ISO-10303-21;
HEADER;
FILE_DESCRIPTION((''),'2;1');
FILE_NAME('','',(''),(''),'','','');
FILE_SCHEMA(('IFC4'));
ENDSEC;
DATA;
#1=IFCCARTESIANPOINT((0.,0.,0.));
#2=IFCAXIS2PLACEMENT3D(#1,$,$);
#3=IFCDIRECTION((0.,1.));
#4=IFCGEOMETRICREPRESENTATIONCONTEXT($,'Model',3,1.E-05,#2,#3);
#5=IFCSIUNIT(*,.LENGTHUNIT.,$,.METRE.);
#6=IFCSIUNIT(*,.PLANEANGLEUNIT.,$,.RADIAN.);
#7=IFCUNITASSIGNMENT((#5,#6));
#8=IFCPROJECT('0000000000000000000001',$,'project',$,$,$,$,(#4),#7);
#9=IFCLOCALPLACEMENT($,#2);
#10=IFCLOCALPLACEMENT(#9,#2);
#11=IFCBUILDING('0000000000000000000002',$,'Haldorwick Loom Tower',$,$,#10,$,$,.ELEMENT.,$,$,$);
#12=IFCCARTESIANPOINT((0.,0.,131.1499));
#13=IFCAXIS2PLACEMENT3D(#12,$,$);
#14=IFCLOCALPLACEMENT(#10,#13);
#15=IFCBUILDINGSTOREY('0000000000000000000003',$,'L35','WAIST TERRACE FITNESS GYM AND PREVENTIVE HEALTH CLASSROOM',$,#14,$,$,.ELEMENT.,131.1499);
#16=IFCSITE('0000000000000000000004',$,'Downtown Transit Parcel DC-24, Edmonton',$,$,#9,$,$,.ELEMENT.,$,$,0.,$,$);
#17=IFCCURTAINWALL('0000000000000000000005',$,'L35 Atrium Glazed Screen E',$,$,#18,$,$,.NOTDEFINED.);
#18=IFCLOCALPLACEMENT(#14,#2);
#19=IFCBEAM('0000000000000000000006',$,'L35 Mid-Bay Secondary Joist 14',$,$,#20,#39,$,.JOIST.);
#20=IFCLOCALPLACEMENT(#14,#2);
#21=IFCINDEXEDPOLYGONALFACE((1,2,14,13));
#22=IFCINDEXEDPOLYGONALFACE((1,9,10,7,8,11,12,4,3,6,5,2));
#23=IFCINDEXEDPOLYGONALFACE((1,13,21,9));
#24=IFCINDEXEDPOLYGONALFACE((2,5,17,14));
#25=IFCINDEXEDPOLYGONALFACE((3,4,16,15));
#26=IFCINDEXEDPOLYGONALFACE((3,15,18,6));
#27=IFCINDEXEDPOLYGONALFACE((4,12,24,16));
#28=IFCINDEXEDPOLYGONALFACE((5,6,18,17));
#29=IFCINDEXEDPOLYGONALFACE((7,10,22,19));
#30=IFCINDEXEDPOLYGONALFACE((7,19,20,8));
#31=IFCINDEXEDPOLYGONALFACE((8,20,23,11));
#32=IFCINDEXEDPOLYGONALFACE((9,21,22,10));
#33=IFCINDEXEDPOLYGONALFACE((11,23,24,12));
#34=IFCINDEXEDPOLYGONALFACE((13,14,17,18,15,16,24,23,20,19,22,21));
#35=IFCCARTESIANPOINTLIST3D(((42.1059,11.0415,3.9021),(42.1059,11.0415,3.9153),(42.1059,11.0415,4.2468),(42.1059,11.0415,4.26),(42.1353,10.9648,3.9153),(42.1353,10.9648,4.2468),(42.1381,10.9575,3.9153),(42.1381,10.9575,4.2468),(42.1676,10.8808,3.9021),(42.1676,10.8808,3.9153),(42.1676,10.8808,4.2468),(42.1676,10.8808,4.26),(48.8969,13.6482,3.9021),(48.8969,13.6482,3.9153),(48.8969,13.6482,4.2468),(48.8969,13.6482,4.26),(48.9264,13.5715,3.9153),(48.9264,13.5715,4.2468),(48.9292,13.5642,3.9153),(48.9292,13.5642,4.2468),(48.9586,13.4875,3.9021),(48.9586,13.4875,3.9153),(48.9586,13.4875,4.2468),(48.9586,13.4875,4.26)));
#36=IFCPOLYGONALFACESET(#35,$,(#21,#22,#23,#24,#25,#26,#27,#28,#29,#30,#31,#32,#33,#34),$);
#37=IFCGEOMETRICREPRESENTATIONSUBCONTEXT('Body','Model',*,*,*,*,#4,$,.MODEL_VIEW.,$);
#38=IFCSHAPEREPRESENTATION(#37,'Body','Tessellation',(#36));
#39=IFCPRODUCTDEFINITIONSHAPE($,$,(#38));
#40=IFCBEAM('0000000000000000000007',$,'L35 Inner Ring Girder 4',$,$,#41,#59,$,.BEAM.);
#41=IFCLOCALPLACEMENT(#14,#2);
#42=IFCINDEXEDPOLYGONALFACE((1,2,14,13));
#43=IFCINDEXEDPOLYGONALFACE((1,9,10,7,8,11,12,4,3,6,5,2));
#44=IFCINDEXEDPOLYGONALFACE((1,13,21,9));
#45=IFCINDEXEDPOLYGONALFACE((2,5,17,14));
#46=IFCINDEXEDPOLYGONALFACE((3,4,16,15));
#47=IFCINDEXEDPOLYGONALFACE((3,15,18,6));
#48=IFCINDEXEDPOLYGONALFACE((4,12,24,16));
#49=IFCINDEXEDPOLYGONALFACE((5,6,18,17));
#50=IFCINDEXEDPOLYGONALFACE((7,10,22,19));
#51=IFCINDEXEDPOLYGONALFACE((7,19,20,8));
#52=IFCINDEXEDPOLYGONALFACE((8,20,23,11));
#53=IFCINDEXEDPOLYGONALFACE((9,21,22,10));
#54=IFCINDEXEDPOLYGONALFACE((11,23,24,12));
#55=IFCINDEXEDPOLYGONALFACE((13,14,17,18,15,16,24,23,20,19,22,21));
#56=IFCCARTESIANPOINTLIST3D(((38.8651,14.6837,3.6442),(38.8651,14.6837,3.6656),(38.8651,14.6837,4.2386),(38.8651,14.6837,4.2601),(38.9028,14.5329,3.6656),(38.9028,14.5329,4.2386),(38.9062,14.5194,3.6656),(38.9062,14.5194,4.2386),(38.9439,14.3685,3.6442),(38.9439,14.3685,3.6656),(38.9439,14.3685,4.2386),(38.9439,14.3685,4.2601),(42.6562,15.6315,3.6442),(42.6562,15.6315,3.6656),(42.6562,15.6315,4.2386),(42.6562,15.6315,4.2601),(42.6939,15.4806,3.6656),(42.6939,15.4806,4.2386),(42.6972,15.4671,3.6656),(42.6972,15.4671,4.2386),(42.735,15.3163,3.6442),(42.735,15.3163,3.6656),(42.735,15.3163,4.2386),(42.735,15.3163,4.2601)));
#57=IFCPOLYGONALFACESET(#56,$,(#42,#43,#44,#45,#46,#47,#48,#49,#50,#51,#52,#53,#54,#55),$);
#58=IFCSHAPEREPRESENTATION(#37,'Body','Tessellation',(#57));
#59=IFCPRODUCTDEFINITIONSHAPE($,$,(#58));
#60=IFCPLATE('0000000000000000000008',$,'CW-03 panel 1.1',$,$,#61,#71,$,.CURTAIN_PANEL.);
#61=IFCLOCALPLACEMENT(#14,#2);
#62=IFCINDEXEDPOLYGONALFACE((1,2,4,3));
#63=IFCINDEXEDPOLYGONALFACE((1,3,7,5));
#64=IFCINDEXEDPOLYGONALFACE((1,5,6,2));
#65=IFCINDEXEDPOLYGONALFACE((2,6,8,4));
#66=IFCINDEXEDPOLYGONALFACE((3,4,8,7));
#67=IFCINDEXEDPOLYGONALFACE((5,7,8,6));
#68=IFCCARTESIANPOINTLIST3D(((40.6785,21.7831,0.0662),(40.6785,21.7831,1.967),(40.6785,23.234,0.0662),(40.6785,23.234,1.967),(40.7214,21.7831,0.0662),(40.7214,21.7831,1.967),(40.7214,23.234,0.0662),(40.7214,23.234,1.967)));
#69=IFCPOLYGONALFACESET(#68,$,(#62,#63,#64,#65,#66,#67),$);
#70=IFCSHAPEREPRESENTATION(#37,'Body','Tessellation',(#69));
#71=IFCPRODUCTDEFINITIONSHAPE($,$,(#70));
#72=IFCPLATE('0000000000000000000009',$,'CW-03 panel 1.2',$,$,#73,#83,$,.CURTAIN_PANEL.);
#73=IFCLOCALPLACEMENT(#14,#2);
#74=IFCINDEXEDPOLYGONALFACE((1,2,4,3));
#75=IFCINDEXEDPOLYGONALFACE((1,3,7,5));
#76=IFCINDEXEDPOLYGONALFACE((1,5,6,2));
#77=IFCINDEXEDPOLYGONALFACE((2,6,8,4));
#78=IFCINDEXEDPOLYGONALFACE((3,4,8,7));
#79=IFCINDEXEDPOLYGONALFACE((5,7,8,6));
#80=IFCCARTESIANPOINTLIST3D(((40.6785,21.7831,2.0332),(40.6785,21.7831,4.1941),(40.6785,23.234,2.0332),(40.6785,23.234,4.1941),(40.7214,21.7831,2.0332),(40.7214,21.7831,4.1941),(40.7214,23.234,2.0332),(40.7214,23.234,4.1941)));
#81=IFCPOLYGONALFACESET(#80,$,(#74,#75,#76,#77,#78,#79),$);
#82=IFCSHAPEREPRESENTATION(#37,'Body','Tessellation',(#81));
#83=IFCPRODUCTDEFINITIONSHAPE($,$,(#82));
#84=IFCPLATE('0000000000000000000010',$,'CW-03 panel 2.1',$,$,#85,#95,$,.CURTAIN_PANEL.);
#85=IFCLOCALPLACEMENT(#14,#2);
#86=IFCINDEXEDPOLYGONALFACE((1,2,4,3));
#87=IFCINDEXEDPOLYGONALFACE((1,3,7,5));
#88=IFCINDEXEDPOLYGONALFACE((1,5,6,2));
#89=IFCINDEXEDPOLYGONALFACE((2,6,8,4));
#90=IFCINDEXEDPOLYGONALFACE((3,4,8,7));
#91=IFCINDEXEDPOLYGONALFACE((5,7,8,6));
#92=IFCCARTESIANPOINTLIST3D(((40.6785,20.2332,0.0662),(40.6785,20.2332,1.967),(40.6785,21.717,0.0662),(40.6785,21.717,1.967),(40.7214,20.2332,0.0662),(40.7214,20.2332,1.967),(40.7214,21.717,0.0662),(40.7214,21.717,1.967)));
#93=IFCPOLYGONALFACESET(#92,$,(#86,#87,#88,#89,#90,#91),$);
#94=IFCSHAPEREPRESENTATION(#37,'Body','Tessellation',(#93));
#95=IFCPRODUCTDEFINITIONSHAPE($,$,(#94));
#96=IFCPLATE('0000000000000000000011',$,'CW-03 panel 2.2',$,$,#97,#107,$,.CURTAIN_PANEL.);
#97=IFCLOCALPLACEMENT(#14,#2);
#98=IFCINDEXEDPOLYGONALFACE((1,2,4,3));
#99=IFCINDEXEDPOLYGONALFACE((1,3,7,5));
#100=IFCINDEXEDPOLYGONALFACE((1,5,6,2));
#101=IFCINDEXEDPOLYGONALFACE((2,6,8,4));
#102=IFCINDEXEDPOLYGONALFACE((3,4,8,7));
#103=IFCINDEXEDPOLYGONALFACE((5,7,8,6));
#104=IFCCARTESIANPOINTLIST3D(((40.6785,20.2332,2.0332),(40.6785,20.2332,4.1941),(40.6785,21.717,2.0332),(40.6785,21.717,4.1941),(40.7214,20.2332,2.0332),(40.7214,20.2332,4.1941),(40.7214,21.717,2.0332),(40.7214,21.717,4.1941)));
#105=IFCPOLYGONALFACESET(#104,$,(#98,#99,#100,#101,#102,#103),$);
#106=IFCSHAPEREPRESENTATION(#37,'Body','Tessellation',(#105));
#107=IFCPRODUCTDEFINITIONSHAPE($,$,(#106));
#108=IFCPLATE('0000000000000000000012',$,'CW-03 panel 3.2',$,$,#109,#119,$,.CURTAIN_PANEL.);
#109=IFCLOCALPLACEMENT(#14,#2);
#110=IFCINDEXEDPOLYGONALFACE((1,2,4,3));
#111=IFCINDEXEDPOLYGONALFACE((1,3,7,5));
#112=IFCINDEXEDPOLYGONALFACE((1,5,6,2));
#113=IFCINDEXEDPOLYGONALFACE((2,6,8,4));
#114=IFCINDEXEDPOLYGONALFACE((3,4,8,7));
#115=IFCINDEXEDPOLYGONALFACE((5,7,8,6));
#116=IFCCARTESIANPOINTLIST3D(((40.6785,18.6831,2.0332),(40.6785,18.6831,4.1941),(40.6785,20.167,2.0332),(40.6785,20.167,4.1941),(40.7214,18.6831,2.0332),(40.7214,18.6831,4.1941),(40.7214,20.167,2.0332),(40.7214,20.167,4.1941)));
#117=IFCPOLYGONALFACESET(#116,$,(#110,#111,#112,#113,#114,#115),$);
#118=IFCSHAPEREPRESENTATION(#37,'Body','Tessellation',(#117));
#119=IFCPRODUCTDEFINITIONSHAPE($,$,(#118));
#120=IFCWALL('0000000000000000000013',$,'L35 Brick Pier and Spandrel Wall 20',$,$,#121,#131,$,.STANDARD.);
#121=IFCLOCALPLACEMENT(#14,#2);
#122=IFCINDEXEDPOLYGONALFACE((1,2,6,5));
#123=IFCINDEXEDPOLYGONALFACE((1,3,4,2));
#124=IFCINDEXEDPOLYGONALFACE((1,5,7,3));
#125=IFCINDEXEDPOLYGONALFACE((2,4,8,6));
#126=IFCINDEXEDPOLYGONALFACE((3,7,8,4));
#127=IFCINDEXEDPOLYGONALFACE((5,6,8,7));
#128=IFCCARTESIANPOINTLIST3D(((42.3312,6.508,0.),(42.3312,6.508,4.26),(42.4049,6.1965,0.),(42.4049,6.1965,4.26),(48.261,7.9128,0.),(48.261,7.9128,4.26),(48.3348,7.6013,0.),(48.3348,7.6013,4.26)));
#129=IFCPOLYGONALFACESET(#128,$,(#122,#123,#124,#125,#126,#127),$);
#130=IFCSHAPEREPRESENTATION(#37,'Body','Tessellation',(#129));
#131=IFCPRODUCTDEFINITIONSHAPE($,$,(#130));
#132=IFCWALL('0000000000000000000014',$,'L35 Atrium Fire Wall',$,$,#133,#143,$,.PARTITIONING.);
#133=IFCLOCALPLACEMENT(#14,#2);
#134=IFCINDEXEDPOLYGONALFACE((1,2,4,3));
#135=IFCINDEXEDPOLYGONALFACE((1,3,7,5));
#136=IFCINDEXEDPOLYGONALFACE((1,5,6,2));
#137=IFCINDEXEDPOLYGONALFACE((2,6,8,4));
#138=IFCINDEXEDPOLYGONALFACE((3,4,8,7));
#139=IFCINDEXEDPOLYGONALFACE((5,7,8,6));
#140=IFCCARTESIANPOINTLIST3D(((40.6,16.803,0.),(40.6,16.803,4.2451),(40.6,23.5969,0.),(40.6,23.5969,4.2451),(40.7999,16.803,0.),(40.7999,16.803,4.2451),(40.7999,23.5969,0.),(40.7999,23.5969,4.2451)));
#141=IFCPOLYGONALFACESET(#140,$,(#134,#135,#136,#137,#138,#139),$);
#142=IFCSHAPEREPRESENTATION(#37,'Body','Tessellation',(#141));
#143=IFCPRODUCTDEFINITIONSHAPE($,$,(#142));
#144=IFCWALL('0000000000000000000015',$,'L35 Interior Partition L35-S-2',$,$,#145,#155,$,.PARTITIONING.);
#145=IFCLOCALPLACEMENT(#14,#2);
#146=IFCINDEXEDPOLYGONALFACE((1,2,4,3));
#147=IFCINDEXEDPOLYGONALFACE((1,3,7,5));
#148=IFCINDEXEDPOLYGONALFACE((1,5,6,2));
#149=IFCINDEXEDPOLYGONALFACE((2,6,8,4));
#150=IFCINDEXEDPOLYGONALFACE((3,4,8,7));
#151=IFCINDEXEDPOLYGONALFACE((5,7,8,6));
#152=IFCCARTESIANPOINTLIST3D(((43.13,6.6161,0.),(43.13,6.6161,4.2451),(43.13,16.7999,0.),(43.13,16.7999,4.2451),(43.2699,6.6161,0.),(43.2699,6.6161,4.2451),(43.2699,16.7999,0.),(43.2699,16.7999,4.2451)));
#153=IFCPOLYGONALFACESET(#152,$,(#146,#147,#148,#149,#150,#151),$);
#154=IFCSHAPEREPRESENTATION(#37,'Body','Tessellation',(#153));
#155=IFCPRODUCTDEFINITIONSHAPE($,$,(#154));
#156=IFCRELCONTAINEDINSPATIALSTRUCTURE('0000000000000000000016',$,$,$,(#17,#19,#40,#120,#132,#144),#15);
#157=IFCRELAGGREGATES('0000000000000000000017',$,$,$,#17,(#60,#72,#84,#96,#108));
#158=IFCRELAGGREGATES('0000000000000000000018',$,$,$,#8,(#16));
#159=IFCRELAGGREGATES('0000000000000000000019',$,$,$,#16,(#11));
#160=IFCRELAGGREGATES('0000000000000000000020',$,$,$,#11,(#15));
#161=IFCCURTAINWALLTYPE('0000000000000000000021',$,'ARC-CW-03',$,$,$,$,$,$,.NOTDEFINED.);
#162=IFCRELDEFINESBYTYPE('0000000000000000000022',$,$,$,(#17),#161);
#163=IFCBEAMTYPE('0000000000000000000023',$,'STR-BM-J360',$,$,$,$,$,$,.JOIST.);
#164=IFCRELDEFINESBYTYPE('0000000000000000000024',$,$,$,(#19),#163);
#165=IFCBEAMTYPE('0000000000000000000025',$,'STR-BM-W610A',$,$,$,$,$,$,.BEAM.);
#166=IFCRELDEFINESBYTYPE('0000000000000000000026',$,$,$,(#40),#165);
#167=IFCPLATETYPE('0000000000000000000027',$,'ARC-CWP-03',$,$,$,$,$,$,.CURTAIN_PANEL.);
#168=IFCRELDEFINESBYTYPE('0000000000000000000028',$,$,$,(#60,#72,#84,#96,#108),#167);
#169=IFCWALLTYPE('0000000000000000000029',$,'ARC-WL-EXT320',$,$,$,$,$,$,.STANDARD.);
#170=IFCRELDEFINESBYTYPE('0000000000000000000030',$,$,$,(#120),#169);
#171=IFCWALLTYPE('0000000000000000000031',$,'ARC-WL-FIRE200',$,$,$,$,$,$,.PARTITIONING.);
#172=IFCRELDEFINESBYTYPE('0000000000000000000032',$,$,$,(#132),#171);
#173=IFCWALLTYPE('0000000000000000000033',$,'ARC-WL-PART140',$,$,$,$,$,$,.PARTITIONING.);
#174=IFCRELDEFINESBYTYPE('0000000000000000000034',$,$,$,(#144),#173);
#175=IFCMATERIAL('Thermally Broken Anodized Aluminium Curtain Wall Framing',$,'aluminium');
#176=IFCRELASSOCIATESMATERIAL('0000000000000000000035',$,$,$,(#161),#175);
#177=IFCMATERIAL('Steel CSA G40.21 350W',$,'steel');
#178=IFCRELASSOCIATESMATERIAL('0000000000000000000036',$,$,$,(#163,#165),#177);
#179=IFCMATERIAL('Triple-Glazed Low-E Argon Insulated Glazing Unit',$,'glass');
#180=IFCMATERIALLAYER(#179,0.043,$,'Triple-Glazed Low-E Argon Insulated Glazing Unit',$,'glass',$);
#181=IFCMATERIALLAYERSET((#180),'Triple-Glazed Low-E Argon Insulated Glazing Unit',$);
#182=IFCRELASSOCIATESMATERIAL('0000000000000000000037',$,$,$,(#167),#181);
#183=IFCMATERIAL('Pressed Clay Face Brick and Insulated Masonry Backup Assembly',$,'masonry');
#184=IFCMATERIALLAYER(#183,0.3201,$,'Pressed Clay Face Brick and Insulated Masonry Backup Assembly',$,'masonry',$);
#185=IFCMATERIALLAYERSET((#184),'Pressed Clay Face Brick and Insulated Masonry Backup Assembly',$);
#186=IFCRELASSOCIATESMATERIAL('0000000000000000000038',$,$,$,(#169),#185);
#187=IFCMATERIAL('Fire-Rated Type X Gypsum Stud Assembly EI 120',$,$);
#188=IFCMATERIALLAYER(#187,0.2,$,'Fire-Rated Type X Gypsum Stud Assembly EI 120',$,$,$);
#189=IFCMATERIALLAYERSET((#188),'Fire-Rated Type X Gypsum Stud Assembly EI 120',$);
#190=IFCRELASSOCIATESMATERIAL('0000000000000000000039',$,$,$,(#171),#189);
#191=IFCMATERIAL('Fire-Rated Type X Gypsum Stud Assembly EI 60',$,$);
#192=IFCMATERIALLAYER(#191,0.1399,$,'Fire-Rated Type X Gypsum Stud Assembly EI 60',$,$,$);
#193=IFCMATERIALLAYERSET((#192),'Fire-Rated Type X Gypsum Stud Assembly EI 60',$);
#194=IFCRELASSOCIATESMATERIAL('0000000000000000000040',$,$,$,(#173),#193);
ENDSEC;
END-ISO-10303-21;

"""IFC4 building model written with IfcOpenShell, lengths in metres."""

from ifc_helpers import new_model, si_unit, direction, frame, frame_2d, origin, origin_2d, place, context, subcontext, project, spatial, rectangle, i_section, extrude, material, layer, layer_set, material_profile, profile_set, type_object, element, aggregate, save


model = new_model("IFC4")

# Units and contexts
model_context = context("Model", 3, precision=1e-05, world=origin(), true_north=direction((0.0, 1.0)))
body_context = subcontext(model_context, "Body", "Model", "MODEL_VIEW")
ifc_project = project(units=[si_unit("LENGTHUNIT", "METRE"), si_unit("PLANEANGLEUNIT", "RADIAN")], contexts=[model_context])

# Site, building, storey
site_placement = place(None, origin())
site = spatial("IfcSite", under=ifc_project, at=site_placement, Name="Downtown Transit Parcel DC-24, Edmonton", CompositionType="ELEMENT", RefElevation=0.0)
building_placement = place(site_placement, origin())
building = spatial("IfcBuilding", under=site, at=building_placement, Name="Haldorwick Loom Tower", CompositionType="ELEMENT")
storey_placement = place(building_placement, frame((0.0, 0.0, 131.1499)))
storey = spatial("IfcBuildingStorey", under=building, at=storey_placement, Name="L35", Description="WAIST TERRACE FITNESS GYM AND PREVENTIVE HEALTH CLASSROOM", CompositionType="ELEMENT", Elevation=131.1499)

# Curtain wall
ifc_material_1 = material(Name="Thermally Broken Anodized Aluminium Curtain Wall Framing", Category="aluminium")
curtain_wall_type = type_object("IfcCurtainWallType", Name="ARC-CW-03", PredefinedType="NOTDEFINED", material=ifc_material_1)
curtain_wall_placement = place(storey_placement, origin())
curtain_wall = element("IfcCurtainWall", 1, at=curtain_wall_placement, inside=storey, type_object=curtain_wall_type, Name="L35 Atrium Glazed Screen E", PredefinedType="NOTDEFINED")

# Beams
ifc_material_2 = material(Name="Steel CSA G40.21 350W", Category="steel")
ifc_material_profile_1 = material_profile(ifc_material_2, i_section(OverallWidth=0.1721, OverallDepth=0.3579, WebThickness=0.0078, FlangeThickness=0.0132, at=origin_2d()), Name="W360X57", Category="steel")
ifc_profile_set_1 = profile_set([ifc_material_profile_1], Name="Steel CSA G40.21 350W")
beam_type_1 = type_object("IfcBeamType", Name="STR-BM-J360", PredefinedType="JOIST", material=ifc_profile_set_1)
beam_1_placement = place(storey_placement, frame((42.1367, 10.9612, 4.0811), z_axis=(0.933587, 0.358352, 0.0), x_axis=(-0.358352, 0.933587, 0.0)))
element("IfcBeam", 2, at=beam_1_placement, inside=storey, type_object=beam_type_1, Name="L35 Mid-Bay Secondary Joist 14", PredefinedType="JOIST", context=body_context, shape_type="SweptSolid", body=[
    extrude(i_section(OverallWidth=0.1721, OverallDepth=0.3579, WebThickness=0.0078, FlangeThickness=0.0132, at=origin_2d()), origin(), (0.0, 0.0, 1.0), 7.2742),
])
ifc_material_profile_2 = material_profile(ifc_material_2, i_section(OverallWidth=0.325, OverallDepth=0.616, WebThickness=0.0139, FlangeThickness=0.0215, at=origin_2d()), Name="W610X174", Category="steel")
ifc_profile_set_2 = profile_set([ifc_material_profile_2], Name="Steel CSA G40.21 350W")
beam_type_2 = type_object("IfcBeamType", Name="STR-BM-W610A", PredefinedType="BEAM", material=ifc_profile_set_2)
beam_2_placement = place(storey_placement, frame((42.6956, 15.4739, 3.9521), z_axis=(-0.970143, -0.242536, 0.0), x_axis=(0.242536, -0.970143, 0.0)))
element("IfcBeam", 3, at=beam_2_placement, inside=storey, type_object=beam_type_2, Name="L35 Inner Ring Girder 4", PredefinedType="BEAM", context=body_context, shape_type="SweptSolid", body=[
    extrude(i_section(OverallWidth=0.325, OverallDepth=0.616, WebThickness=0.0139, FlangeThickness=0.0215, at=origin_2d()), origin(), (0.0, 0.0, 1.0), 3.9077),
])

# Plates
ifc_material_3 = material(Name="Triple-Glazed Low-E Argon Insulated Glazing Unit", Category="glass")
ifc_layer_1 = layer(ifc_material_3, 0.043, Name="Triple-Glazed Low-E Argon Insulated Glazing Unit", Category="glass")
ifc_layer_set_1 = layer_set([ifc_layer_1], Name="Triple-Glazed Low-E Argon Insulated Glazing Unit")
plate_type = type_object("IfcPlateType", Name="ARC-CWP-03", PredefinedType="CURTAIN_PANEL", material=ifc_layer_set_1)
plate_1_placement = place(storey_placement, frame((40.7, 22.5085, 0.0662), z_axis=(0.0, 0.0, 1.0), x_axis=(0.0, -1.0, 0.0)))
plate_1 = element("IfcPlate", 4, at=plate_1_placement, type_object=plate_type, Name="CW-03 panel 1.1", PredefinedType="CURTAIN_PANEL", context=body_context, shape_type="SweptSolid", body=[
    extrude(rectangle(XDim=1.4509, YDim=0.043, at=origin_2d()), origin(), (0.0, 0.0, 1.0), 1.9009),
])
plate_2_placement = place(storey_placement, frame((40.7, 22.5085, 2.0332), z_axis=(0.0, 0.0, 1.0), x_axis=(0.0, -1.0, 0.0)))
plate_2 = element("IfcPlate", 5, at=plate_2_placement, type_object=plate_type, Name="CW-03 panel 1.2", PredefinedType="CURTAIN_PANEL", context=body_context, shape_type="SweptSolid", body=[
    extrude(rectangle(XDim=1.4509, YDim=0.043, at=origin_2d()), origin(), (0.0, 0.0, 1.0), 2.1609),
])
plate_3_placement = place(storey_placement, frame((40.7, 20.9751, 0.0662), z_axis=(0.0, 0.0, 1.0), x_axis=(0.0, -1.0, 0.0)))
plate_3 = element("IfcPlate", 6, at=plate_3_placement, type_object=plate_type, Name="CW-03 panel 2.1", PredefinedType="CURTAIN_PANEL", context=body_context, shape_type="SweptSolid", body=[
    extrude(rectangle(XDim=1.4839, YDim=0.043, at=origin_2d()), origin(), (0.0, 0.0, 1.0), 1.9009),
])
plate_4_placement = place(storey_placement, frame((40.7, 20.9751, 2.0332), z_axis=(0.0, 0.0, 1.0), x_axis=(0.0, -1.0, 0.0)))
plate_4 = element("IfcPlate", 7, at=plate_4_placement, type_object=plate_type, Name="CW-03 panel 2.2", PredefinedType="CURTAIN_PANEL", context=body_context, shape_type="SweptSolid", body=[
    extrude(rectangle(XDim=1.4839, YDim=0.043, at=origin_2d()), origin(), (0.0, 0.0, 1.0), 2.1609),
])
plate_5_placement = place(storey_placement, frame((40.7, 19.425, 2.0332), z_axis=(0.0, 0.0, 1.0), x_axis=(0.0, -1.0, 0.0)))
plate_5 = element("IfcPlate", 8, at=plate_5_placement, type_object=plate_type, Name="CW-03 panel 3.2", PredefinedType="CURTAIN_PANEL", context=body_context, shape_type="SweptSolid", body=[
    extrude(rectangle(XDim=1.4839, YDim=0.043, at=origin_2d()), origin(), (0.0, 0.0, 1.0), 2.1609),
])
aggregate(curtain_wall, [plate_1, plate_2, plate_3, plate_4, plate_5])

# Walls
ifc_material_4 = material(Name="Pressed Clay Face Brick and Insulated Masonry Backup Assembly", Category="masonry")
ifc_layer_2 = layer(ifc_material_4, 0.3201, Name="Pressed Clay Face Brick and Insulated Masonry Backup Assembly", Category="masonry")
ifc_layer_set_2 = layer_set([ifc_layer_2], Name="Pressed Clay Face Brick and Insulated Masonry Backup Assembly")
wall_type_1 = type_object("IfcWallType", Name="ARC-WL-EXT320", PredefinedType="STANDARD", material=ifc_layer_set_2)
wall_1_placement = place(storey_placement, frame((42.3682, 6.3523, 0.0), z_axis=(0.0, 0.0, 1.0), x_axis=(0.973068, 0.230517, 0.0)))
element("IfcWall", 9, at=wall_1_placement, inside=storey, type_object=wall_type_1, Name="L35 Brick Pier and Spandrel Wall 20", PredefinedType="STANDARD", context=body_context, shape_type="SweptSolid", body=[
    extrude(rectangle(XDim=6.094, YDim=0.3201, at=frame_2d((3.0469, 0.0))), origin(), (0.0, 0.0, 1.0), 4.26),
])
ifc_material_5 = material(Name="Fire-Rated Type X Gypsum Stud Assembly EI 120")
ifc_layer_3 = layer(ifc_material_5, 0.2, Name="Fire-Rated Type X Gypsum Stud Assembly EI 120")
ifc_layer_set_3 = layer_set([ifc_layer_3], Name="Fire-Rated Type X Gypsum Stud Assembly EI 120")
wall_type_2 = type_object("IfcWallType", Name="ARC-WL-FIRE200", PredefinedType="PARTITIONING", material=ifc_layer_set_3)
wall_2_placement = place(storey_placement, frame((40.7, 23.5969, 0.0), z_axis=(0.0, 0.0, 1.0), x_axis=(0.0, -1.0, 0.0)))
element("IfcWall", 10, at=wall_2_placement, inside=storey, type_object=wall_type_2, Name="L35 Atrium Fire Wall", PredefinedType="PARTITIONING", context=body_context, shape_type="SweptSolid", body=[
    extrude(rectangle(XDim=6.7939, YDim=0.2, at=frame_2d((3.397, 0.0))), origin(), (0.0, 0.0, 1.0), 4.2451),
])
ifc_material_6 = material(Name="Fire-Rated Type X Gypsum Stud Assembly EI 60")
ifc_layer_4 = layer(ifc_material_6, 0.1399, Name="Fire-Rated Type X Gypsum Stud Assembly EI 60")
ifc_layer_set_4 = layer_set([ifc_layer_4], Name="Fire-Rated Type X Gypsum Stud Assembly EI 60")
wall_type_3 = type_object("IfcWallType", Name="ARC-WL-PART140", PredefinedType="PARTITIONING", material=ifc_layer_set_4)
wall_3_placement = place(storey_placement, frame((43.2, 6.6162, 0.0), z_axis=(0.0, 0.0, 1.0), x_axis=(0.0, 1.0, 0.0)))
element("IfcWall", 11, at=wall_3_placement, inside=storey, type_object=wall_type_3, Name="L35 Interior Partition L35-S-2", PredefinedType="PARTITIONING", context=body_context, shape_type="SweptSolid", body=[
    extrude(rectangle(XDim=10.1838, YDim=0.1399, at=frame_2d((5.0918, 0.0))), origin(), (0.0, 0.0, 1.0), 4.2451),
])

save(model, "model.ifc")
